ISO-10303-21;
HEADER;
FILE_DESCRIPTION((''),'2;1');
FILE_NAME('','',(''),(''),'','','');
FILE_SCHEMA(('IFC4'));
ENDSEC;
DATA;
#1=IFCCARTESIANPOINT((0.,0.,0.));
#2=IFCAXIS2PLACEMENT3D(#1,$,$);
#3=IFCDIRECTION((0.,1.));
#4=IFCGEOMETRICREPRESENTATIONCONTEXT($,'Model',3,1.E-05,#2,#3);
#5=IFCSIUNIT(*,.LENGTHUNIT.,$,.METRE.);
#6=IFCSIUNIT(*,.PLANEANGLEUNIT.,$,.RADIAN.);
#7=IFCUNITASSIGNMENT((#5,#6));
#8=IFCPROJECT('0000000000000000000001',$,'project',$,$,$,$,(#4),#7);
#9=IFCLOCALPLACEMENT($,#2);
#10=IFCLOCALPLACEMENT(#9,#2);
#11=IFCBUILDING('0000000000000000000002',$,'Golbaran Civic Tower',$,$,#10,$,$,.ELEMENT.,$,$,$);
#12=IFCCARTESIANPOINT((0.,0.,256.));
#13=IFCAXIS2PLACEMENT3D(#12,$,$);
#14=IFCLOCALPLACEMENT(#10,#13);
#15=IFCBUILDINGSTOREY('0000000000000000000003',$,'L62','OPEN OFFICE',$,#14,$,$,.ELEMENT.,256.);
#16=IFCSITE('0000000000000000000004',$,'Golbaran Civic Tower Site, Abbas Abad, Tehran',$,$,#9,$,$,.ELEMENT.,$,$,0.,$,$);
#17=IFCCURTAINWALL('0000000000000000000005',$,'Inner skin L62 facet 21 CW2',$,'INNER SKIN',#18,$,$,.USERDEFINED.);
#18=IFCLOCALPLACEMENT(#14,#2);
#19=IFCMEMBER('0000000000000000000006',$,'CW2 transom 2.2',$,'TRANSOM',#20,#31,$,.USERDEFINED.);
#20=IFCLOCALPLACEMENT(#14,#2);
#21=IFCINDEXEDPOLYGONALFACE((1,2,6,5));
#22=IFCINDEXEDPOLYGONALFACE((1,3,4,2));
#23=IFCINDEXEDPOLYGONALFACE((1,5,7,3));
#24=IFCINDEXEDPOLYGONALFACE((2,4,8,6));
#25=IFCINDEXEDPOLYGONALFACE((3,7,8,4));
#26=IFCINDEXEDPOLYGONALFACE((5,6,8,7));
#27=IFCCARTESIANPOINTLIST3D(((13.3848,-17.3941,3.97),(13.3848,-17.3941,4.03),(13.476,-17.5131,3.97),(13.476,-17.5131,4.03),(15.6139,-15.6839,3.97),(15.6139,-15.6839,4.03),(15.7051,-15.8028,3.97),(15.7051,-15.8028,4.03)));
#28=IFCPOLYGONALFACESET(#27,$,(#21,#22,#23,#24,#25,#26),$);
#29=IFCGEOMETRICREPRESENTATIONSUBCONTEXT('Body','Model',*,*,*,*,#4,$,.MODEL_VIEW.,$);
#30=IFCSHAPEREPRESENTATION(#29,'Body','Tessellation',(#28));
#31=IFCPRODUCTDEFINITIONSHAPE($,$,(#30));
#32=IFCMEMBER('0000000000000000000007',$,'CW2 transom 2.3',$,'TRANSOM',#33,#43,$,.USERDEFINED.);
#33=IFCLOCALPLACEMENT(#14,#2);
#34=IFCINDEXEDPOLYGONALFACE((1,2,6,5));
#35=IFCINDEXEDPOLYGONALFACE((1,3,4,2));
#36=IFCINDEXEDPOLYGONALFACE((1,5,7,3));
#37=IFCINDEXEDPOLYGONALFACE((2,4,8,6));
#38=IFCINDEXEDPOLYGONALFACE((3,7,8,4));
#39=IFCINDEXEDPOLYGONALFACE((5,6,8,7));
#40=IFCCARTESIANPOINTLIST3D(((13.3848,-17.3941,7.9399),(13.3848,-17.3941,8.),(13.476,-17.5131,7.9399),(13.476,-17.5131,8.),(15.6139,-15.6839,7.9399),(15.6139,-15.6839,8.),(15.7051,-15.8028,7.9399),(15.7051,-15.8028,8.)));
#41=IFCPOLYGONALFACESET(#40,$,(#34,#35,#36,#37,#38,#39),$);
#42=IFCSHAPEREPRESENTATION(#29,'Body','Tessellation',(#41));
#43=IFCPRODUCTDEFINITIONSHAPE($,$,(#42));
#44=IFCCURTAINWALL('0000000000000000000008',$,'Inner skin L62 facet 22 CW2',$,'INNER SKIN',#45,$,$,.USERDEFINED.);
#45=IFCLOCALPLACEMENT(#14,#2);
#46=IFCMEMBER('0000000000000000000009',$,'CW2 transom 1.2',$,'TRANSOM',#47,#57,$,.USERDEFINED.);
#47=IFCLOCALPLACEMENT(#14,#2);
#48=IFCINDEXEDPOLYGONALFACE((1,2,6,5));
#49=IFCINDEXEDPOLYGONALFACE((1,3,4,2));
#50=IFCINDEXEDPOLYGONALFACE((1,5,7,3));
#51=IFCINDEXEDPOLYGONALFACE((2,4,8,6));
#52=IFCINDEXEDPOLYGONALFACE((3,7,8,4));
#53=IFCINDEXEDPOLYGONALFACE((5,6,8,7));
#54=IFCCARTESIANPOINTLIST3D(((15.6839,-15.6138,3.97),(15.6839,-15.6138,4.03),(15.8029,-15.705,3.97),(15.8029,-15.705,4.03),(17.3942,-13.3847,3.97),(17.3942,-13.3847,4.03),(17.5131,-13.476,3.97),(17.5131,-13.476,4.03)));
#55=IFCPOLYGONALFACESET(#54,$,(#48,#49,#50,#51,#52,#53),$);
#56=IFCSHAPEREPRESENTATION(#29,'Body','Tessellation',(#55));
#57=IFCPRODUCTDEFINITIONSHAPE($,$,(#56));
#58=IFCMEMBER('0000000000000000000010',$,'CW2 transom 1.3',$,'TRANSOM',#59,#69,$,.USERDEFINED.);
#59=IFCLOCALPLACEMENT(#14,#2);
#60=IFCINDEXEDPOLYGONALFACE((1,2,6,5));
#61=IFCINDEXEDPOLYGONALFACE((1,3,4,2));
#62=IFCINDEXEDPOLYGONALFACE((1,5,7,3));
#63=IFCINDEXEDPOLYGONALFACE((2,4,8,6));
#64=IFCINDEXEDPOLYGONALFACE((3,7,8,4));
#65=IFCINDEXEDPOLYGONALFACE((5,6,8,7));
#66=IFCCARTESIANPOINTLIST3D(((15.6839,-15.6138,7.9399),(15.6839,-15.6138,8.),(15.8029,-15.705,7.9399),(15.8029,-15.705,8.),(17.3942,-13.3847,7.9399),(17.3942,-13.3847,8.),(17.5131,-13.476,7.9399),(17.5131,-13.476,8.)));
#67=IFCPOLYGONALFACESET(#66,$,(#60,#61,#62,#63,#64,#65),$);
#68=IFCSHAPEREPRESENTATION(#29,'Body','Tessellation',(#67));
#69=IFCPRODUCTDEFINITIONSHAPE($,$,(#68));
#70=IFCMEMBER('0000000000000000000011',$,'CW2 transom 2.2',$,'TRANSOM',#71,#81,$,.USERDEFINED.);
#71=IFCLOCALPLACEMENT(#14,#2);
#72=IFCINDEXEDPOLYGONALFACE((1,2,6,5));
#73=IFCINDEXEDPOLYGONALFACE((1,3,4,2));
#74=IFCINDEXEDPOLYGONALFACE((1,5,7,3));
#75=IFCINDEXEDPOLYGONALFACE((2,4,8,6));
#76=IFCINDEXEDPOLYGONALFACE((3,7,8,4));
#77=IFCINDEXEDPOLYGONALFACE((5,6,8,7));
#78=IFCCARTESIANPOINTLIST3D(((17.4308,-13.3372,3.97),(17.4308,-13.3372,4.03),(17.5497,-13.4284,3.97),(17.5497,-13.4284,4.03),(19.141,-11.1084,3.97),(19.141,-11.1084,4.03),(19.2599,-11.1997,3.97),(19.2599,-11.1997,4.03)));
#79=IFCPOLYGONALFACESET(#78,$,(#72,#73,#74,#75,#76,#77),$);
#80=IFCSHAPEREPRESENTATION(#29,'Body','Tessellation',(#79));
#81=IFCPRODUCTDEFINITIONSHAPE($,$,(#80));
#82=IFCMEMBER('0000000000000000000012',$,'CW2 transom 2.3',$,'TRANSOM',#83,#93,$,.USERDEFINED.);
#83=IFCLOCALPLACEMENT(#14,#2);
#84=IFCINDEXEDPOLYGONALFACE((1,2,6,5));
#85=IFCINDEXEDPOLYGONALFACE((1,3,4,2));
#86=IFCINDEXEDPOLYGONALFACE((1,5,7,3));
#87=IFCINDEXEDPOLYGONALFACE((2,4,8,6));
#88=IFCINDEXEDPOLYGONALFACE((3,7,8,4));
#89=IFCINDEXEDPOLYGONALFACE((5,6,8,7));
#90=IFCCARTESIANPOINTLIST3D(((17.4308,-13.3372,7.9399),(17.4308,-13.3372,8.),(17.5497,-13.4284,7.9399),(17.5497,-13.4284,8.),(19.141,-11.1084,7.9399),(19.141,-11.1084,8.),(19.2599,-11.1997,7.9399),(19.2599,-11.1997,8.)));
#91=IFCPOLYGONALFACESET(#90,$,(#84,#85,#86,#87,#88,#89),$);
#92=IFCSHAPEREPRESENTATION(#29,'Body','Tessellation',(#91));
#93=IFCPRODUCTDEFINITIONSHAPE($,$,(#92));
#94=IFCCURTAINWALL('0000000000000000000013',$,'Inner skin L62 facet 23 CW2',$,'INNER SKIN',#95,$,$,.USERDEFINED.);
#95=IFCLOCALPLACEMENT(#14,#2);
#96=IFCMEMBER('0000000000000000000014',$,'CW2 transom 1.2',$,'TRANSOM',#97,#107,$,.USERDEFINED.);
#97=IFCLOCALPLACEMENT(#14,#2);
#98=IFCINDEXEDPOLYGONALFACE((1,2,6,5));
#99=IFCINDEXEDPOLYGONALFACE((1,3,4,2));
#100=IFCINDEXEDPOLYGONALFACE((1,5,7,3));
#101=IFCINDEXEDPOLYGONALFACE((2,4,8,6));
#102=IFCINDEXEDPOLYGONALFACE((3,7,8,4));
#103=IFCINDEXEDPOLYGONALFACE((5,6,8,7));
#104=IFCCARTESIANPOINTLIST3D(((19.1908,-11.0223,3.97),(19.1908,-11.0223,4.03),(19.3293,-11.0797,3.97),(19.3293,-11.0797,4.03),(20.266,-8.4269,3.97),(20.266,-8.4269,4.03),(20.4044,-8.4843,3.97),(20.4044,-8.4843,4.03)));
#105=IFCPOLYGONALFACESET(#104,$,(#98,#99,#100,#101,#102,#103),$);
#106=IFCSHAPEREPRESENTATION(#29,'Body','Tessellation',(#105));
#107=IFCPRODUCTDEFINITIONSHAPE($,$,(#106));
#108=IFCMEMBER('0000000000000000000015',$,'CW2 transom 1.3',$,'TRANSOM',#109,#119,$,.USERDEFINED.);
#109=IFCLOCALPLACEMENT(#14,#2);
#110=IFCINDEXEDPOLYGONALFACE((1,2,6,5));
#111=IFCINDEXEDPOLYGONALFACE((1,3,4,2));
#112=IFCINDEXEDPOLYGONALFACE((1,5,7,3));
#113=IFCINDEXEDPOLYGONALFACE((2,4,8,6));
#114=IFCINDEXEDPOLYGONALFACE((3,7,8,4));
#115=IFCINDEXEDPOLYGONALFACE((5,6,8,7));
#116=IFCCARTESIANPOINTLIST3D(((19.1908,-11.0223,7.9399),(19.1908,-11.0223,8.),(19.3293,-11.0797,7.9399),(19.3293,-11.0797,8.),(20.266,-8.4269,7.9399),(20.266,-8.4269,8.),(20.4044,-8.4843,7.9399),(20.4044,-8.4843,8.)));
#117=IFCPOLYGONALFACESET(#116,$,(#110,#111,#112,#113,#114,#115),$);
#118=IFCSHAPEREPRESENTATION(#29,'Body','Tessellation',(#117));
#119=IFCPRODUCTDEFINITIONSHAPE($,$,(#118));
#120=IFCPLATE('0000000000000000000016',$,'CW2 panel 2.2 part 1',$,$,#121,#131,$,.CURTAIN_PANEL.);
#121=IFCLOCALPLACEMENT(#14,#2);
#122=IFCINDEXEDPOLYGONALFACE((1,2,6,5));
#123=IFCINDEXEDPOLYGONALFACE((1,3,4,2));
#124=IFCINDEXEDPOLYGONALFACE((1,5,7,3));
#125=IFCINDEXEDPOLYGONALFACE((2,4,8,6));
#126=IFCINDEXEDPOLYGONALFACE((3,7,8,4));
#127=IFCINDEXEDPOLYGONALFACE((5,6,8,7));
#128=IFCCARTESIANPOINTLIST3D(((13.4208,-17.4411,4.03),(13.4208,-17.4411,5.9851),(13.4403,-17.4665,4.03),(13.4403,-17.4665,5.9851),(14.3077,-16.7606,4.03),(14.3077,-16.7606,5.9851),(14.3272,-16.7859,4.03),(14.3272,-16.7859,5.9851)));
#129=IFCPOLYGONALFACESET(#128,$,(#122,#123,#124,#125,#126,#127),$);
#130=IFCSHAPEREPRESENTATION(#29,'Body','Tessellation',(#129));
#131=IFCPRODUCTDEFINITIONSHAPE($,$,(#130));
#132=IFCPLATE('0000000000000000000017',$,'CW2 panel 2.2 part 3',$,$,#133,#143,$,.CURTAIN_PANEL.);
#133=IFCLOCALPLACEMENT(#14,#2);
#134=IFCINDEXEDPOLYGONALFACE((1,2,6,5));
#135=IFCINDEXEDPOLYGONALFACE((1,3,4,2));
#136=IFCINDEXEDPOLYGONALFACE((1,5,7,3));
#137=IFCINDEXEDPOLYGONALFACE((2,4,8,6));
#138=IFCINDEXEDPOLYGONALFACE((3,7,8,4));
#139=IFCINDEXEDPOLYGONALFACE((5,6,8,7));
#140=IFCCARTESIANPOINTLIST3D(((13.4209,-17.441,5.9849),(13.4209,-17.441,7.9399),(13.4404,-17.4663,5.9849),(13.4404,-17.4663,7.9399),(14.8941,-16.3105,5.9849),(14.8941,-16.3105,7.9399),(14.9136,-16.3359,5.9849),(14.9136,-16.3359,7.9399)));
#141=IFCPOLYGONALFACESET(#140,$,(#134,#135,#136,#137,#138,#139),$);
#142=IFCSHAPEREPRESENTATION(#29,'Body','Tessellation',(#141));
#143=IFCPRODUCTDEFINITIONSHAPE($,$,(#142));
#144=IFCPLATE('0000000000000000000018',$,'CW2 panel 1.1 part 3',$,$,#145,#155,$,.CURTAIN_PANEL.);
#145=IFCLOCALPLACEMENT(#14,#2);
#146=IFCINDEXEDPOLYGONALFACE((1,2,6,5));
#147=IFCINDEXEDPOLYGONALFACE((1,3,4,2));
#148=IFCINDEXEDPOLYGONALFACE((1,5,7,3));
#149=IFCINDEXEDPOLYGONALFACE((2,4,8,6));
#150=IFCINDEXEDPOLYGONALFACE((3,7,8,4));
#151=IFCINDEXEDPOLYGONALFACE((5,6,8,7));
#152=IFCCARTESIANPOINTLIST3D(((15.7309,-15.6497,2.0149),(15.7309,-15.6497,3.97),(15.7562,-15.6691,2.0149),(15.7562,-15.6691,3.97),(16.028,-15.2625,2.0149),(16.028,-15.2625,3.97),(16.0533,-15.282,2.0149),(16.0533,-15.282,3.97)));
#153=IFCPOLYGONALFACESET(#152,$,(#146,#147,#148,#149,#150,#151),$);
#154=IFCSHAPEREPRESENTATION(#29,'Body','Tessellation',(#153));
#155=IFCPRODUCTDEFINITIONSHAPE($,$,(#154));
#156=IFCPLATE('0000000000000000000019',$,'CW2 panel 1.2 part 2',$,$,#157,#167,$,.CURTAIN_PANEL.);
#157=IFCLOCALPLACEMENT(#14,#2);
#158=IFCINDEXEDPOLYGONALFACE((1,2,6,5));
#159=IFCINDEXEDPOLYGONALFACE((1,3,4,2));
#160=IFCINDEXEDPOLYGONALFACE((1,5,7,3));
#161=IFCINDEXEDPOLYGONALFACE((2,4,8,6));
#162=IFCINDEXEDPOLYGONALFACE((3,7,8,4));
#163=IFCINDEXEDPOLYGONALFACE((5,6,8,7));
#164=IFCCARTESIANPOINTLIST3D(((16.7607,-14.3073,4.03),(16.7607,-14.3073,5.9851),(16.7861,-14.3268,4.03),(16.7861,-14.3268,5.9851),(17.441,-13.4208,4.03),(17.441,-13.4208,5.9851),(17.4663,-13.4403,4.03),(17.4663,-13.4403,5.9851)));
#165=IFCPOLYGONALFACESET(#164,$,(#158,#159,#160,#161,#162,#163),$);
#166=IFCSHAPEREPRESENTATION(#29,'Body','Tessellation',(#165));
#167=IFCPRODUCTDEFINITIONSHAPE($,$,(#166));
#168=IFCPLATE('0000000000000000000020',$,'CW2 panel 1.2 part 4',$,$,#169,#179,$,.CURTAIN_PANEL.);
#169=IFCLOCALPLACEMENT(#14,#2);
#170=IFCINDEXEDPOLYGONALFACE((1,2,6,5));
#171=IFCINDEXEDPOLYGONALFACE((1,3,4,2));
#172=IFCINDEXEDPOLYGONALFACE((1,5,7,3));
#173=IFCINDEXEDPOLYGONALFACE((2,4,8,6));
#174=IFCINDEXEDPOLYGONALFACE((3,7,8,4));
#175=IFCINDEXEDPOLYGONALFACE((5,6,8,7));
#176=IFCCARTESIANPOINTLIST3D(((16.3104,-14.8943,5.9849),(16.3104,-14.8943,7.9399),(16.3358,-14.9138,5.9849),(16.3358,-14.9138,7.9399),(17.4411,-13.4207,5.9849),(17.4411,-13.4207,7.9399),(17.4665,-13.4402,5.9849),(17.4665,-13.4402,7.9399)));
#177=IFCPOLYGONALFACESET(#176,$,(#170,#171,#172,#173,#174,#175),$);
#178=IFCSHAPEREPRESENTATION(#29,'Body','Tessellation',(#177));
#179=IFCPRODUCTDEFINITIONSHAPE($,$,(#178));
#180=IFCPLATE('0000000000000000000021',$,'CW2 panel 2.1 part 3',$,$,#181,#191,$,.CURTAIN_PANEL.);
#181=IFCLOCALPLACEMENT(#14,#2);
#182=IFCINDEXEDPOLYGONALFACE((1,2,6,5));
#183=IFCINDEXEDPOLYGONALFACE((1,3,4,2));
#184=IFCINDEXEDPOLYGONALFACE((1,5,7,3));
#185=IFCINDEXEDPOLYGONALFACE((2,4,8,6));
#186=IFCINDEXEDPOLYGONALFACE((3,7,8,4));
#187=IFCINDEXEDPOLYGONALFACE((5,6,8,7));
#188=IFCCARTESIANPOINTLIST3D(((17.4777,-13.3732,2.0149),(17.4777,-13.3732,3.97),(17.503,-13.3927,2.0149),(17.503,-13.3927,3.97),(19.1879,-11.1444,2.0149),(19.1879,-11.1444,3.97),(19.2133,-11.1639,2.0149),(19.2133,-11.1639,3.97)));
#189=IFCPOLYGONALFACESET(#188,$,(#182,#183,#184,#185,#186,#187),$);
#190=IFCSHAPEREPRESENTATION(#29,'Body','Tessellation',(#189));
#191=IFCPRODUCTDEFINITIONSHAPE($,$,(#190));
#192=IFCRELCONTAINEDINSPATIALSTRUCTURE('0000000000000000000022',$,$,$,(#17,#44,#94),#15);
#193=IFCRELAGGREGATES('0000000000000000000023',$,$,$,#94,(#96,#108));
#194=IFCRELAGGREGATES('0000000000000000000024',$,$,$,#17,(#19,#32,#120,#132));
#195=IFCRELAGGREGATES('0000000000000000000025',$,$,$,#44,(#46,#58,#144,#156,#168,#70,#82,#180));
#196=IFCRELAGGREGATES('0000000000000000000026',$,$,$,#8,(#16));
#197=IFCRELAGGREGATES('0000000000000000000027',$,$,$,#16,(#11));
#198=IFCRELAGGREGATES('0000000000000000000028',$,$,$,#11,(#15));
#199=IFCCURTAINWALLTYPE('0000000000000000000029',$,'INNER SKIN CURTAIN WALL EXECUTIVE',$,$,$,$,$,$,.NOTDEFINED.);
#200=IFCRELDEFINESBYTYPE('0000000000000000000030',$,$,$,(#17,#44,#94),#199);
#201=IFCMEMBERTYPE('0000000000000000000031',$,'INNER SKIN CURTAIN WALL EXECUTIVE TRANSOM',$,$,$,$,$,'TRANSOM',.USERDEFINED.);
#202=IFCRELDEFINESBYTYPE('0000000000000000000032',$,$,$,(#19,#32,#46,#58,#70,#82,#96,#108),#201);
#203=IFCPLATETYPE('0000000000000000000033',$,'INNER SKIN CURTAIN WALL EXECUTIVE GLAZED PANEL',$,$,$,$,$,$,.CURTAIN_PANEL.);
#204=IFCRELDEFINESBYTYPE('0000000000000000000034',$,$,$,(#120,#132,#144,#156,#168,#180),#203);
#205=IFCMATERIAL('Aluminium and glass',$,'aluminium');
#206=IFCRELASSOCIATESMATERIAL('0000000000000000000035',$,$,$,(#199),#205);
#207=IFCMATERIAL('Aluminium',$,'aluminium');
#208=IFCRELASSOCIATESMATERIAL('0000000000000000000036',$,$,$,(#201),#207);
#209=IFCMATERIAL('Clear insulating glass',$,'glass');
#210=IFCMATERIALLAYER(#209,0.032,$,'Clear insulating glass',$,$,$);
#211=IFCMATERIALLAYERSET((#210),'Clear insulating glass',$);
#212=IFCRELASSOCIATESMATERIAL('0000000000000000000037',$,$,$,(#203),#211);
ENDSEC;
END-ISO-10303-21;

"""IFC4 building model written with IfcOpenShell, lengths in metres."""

from ifc_helpers import new_model, si_unit, direction, frame, origin, origin_2d, place, context, subcontext, project, spatial, rectangle, extrude, material, layer, layer_set, material_profile, profile_set, type_object, element, aggregate, save


model = new_model("IFC4")

# Units and contexts
model_context = context("Model", 3, precision=1e-05, world=origin(), true_north=direction((0.0, 1.0)))
body_context = subcontext(model_context, "Body", "Model", "MODEL_VIEW")
ifc_project = project(units=[si_unit("LENGTHUNIT", "METRE"), si_unit("PLANEANGLEUNIT", "RADIAN")], contexts=[model_context])

# Site, building, storey
site_placement = place(None, origin())
site = spatial("IfcSite", under=ifc_project, at=site_placement, Name="Golbaran Civic Tower Site, Abbas Abad, Tehran", CompositionType="ELEMENT", RefElevation=0.0)
building_placement = place(site_placement, origin())
building = spatial("IfcBuilding", under=site, at=building_placement, Name="Golbaran Civic Tower", CompositionType="ELEMENT")
storey_placement = place(building_placement, frame((0.0, 0.0, 256.0)))
storey = spatial("IfcBuildingStorey", under=building, at=storey_placement, Name="L62", Description="OPEN OFFICE", CompositionType="ELEMENT", Elevation=256.0)

# Curtain walls, members
ifc_material_1 = material(Name="Aluminium and glass", Category="aluminium")
curtain_wall_type = type_object("IfcCurtainWallType", Name="INNER SKIN CURTAIN WALL EXECUTIVE", PredefinedType="NOTDEFINED", material=ifc_material_1)
curtain_wall_1_placement = place(storey_placement, origin())
curtain_wall_1 = element("IfcCurtainWall", 1, at=curtain_wall_1_placement, inside=storey, type_object=curtain_wall_type, Name="Inner skin L62 facet 21 CW2", ObjectType="INNER SKIN", PredefinedType="USERDEFINED")
ifc_material_2 = material(Name="Aluminium", Category="aluminium")
ifc_material_profile = material_profile(ifc_material_2, rectangle(XDim=0.1499, YDim=0.0601, at=origin_2d()), Name="INNER SKIN CURTAIN WALL EXECUTIVE TRANSOM")
ifc_profile_set = profile_set([ifc_material_profile], Name="Aluminium")
member_type = type_object("IfcMemberType", Name="INNER SKIN CURTAIN WALL EXECUTIVE TRANSOM", ElementType="TRANSOM", PredefinedType="USERDEFINED", material=ifc_profile_set)
member_1_placement = place(storey_placement, frame((13.4304, -17.4536, 4.0), z_axis=(0.793383, 0.608723, 0.0), x_axis=(-0.608723, 0.793383, 0.0)))
member_1 = element("IfcMember", 2, at=member_1_placement, type_object=member_type, Name="CW2 transom 2.2", ObjectType="TRANSOM", PredefinedType="USERDEFINED", context=body_context, shape_type="SweptSolid", body=[
    extrude(rectangle(XDim=0.1499, YDim=0.0601, at=origin_2d()), origin(), (0.0, 0.0, 1.0), 2.8096),
])
member_2_placement = place(storey_placement, frame((13.4304, -17.4536, 7.97), z_axis=(0.793383, 0.608723, 0.0), x_axis=(-0.608723, 0.793383, 0.0)))
member_2 = element("IfcMember", 3, at=member_2_placement, type_object=member_type, Name="CW2 transom 2.3", ObjectType="TRANSOM", PredefinedType="USERDEFINED", context=body_context, shape_type="SweptSolid", body=[
    extrude(rectangle(XDim=0.1499, YDim=0.0601, at=origin_2d()), origin(), (0.0, 0.0, 1.0), 2.8096),
])
curtain_wall_2_placement = place(storey_placement, origin())
curtain_wall_2 = element("IfcCurtainWall", 4, at=curtain_wall_2_placement, inside=storey, type_object=curtain_wall_type, Name="Inner skin L62 facet 22 CW2", ObjectType="INNER SKIN", PredefinedType="USERDEFINED")
member_3_placement = place(storey_placement, frame((15.7434, -15.6594, 4.0), z_axis=(0.608723, 0.793383, 0.0), x_axis=(-0.793383, 0.608723, 0.0)))
member_3 = element("IfcMember", 5, at=member_3_placement, type_object=member_type, Name="CW2 transom 1.2", ObjectType="TRANSOM", PredefinedType="USERDEFINED", context=body_context, shape_type="SweptSolid", body=[
    extrude(rectangle(XDim=0.1499, YDim=0.0601, at=origin_2d()), origin(), (0.0, 0.0, 1.0), 2.8096),
])
member_4_placement = place(storey_placement, frame((15.7434, -15.6594, 7.97), z_axis=(0.608723, 0.793383, 0.0), x_axis=(-0.793383, 0.608723, 0.0)))
member_4 = element("IfcMember", 6, at=member_4_placement, type_object=member_type, Name="CW2 transom 1.3", ObjectType="TRANSOM", PredefinedType="USERDEFINED", context=body_context, shape_type="SweptSolid", body=[
    extrude(rectangle(XDim=0.1499, YDim=0.0601, at=origin_2d()), origin(), (0.0, 0.0, 1.0), 2.8096),
])
member_5_placement = place(storey_placement, frame((17.4902, -13.3828, 4.0), z_axis=(0.608765, 0.79335, 0.0), x_axis=(-0.79335, 0.608765, 0.0)))
member_5 = element("IfcMember", 7, at=member_5_placement, type_object=member_type, Name="CW2 transom 2.2", ObjectType="TRANSOM", PredefinedType="USERDEFINED", context=body_context, shape_type="SweptSolid", body=[
    extrude(rectangle(XDim=0.1499, YDim=0.0601, at=origin_2d()), origin(), (0.0, 0.0, 1.0), 2.8093),
])
member_6_placement = place(storey_placement, frame((17.4902, -13.3828, 7.97), z_axis=(0.608765, 0.79335, 0.0), x_axis=(-0.79335, 0.608765, 0.0)))
member_6 = element("IfcMember", 8, at=member_6_placement, type_object=member_type, Name="CW2 transom 2.3", ObjectType="TRANSOM", PredefinedType="USERDEFINED", context=body_context, shape_type="SweptSolid", body=[
    extrude(rectangle(XDim=0.1499, YDim=0.0601, at=origin_2d()), origin(), (0.0, 0.0, 1.0), 2.8093),
])
curtain_wall_3_placement = place(storey_placement, origin())
curtain_wall_3 = element("IfcCurtainWall", 9, at=curtain_wall_3_placement, inside=storey, type_object=curtain_wall_type, Name="Inner skin L62 facet 23 CW2", ObjectType="INNER SKIN", PredefinedType="USERDEFINED")
member_7_placement = place(storey_placement, frame((19.26, -11.051, 4.0), z_axis=(0.38272, 0.923864, 0.0), x_axis=(-0.923864, 0.38272, 0.0)))
member_7 = element("IfcMember", 10, at=member_7_placement, type_object=member_type, Name="CW2 transom 1.2", ObjectType="TRANSOM", PredefinedType="USERDEFINED", context=body_context, shape_type="SweptSolid", body=[
    extrude(rectangle(XDim=0.1499, YDim=0.0601, at=origin_2d()), origin(), (0.0, 0.0, 1.0), 2.8093),
])
member_8_placement = place(storey_placement, frame((19.26, -11.051, 7.97), z_axis=(0.38272, 0.923864, 0.0), x_axis=(-0.923864, 0.38272, 0.0)))
member_8 = element("IfcMember", 11, at=member_8_placement, type_object=member_type, Name="CW2 transom 1.3", ObjectType="TRANSOM", PredefinedType="USERDEFINED", context=body_context, shape_type="SweptSolid", body=[
    extrude(rectangle(XDim=0.1499, YDim=0.0601, at=origin_2d()), origin(), (0.0, 0.0, 1.0), 2.8093),
])

# Plates
ifc_material_3 = material(Name="Clear insulating glass", Category="glass")
ifc_layer_1 = layer(ifc_material_3, 0.032, Name="Clear insulating glass")
ifc_layer_set_1 = layer_set([ifc_layer_1], Name="Clear insulating glass")
plate_type_1 = type_object("IfcPlateType", Name="INNER SKIN CURTAIN WALL EXECUTIVE GLAZED PANEL", PredefinedType="CURTAIN_PANEL", material=ifc_layer_set_1)
plate_1_placement = place(storey_placement, frame((13.874, -17.1135, 4.03), z_axis=(0.0, 0.0, 1.0), x_axis=(0.793353, 0.608761, 0.0)))
plate_1 = element("IfcPlate", 12, at=plate_1_placement, type_object=plate_type_1, Name="CW2 panel 2.2 part 1", PredefinedType="CURTAIN_PANEL", context=body_context, shape_type="SweptSolid", body=[
    extrude(rectangle(XDim=1.1179, YDim=0.032, at=origin_2d()), origin(), (0.0, 0.0, 1.0), 1.9551),
])
plate_2_placement = place(storey_placement, frame((14.1672, -16.8884, 5.9849), z_axis=(0.0, 0.0, 1.0), x_axis=(0.793353, 0.608761, 0.0)))
plate_2 = element("IfcPlate", 13, at=plate_2_placement, type_object=plate_type_1, Name="CW2 panel 2.2 part 3", PredefinedType="CURTAIN_PANEL", context=body_context, shape_type="SweptSolid", body=[
    extrude(rectangle(XDim=1.8569, YDim=0.032, at=origin_2d()), origin(), (0.0, 0.0, 1.0), 1.9551),
])
plate_3_placement = place(storey_placement, frame((15.8921, -15.4658, 2.0149), z_axis=(0.0, 0.0, 1.0), x_axis=(0.608761, 0.793353, 0.0)))
plate_3 = element("IfcPlate", 14, at=plate_3_placement, type_object=plate_type_1, Name="CW2 panel 1.1 part 3", PredefinedType="CURTAIN_PANEL", context=body_context, shape_type="SweptSolid", body=[
    extrude(rectangle(XDim=0.488, YDim=0.032, at=origin_2d()), origin(), (0.0, 0.0, 1.0), 1.9551),
])
plate_4_placement = place(storey_placement, frame((17.1135, -13.8738, 4.03), z_axis=(0.0, 0.0, 1.0), x_axis=(0.608761, 0.793353, 0.0)))
plate_4 = element("IfcPlate", 15, at=plate_4_placement, type_object=plate_type_1, Name="CW2 panel 1.2 part 2", PredefinedType="CURTAIN_PANEL", context=body_context, shape_type="SweptSolid", body=[
    extrude(rectangle(XDim=1.1174, YDim=0.032, at=origin_2d()), origin(), (0.0, 0.0, 1.0), 1.9551),
])
plate_5_placement = place(storey_placement, frame((16.8884, -14.1672, 5.9849), z_axis=(0.0, 0.0, 1.0), x_axis=(0.608761, 0.793353, 0.0)))
plate_5 = element("IfcPlate", 16, at=plate_5_placement, type_object=plate_type_1, Name="CW2 panel 1.2 part 4", PredefinedType="CURTAIN_PANEL", context=body_context, shape_type="SweptSolid", body=[
    extrude(rectangle(XDim=1.8574, YDim=0.032, at=origin_2d()), origin(), (0.0, 0.0, 1.0), 1.9551),
])
plate_6_placement = place(storey_placement, frame((18.3455, -12.2686, 2.0149), z_axis=(0.0, 0.0, 1.0), x_axis=(0.608761, 0.793353, 0.0)))
plate_6 = element("IfcPlate", 17, at=plate_6_placement, type_object=plate_type_1, Name="CW2 panel 2.1 part 3", PredefinedType="CURTAIN_PANEL", context=body_context, shape_type="SweptSolid", body=[
    extrude(rectangle(XDim=2.8093, YDim=0.032, at=origin_2d()), origin(), (0.0, 0.0, 1.0), 1.9551),
])
aggregate(curtain_wall_3, [member_7, member_8])
aggregate(curtain_wall_1, [member_1, member_2, plate_1, plate_2])
aggregate(curtain_wall_2, [member_3, member_4, plate_3, plate_4, plate_5, member_5, member_6, plate_6])

save(model, "model.ifc")
